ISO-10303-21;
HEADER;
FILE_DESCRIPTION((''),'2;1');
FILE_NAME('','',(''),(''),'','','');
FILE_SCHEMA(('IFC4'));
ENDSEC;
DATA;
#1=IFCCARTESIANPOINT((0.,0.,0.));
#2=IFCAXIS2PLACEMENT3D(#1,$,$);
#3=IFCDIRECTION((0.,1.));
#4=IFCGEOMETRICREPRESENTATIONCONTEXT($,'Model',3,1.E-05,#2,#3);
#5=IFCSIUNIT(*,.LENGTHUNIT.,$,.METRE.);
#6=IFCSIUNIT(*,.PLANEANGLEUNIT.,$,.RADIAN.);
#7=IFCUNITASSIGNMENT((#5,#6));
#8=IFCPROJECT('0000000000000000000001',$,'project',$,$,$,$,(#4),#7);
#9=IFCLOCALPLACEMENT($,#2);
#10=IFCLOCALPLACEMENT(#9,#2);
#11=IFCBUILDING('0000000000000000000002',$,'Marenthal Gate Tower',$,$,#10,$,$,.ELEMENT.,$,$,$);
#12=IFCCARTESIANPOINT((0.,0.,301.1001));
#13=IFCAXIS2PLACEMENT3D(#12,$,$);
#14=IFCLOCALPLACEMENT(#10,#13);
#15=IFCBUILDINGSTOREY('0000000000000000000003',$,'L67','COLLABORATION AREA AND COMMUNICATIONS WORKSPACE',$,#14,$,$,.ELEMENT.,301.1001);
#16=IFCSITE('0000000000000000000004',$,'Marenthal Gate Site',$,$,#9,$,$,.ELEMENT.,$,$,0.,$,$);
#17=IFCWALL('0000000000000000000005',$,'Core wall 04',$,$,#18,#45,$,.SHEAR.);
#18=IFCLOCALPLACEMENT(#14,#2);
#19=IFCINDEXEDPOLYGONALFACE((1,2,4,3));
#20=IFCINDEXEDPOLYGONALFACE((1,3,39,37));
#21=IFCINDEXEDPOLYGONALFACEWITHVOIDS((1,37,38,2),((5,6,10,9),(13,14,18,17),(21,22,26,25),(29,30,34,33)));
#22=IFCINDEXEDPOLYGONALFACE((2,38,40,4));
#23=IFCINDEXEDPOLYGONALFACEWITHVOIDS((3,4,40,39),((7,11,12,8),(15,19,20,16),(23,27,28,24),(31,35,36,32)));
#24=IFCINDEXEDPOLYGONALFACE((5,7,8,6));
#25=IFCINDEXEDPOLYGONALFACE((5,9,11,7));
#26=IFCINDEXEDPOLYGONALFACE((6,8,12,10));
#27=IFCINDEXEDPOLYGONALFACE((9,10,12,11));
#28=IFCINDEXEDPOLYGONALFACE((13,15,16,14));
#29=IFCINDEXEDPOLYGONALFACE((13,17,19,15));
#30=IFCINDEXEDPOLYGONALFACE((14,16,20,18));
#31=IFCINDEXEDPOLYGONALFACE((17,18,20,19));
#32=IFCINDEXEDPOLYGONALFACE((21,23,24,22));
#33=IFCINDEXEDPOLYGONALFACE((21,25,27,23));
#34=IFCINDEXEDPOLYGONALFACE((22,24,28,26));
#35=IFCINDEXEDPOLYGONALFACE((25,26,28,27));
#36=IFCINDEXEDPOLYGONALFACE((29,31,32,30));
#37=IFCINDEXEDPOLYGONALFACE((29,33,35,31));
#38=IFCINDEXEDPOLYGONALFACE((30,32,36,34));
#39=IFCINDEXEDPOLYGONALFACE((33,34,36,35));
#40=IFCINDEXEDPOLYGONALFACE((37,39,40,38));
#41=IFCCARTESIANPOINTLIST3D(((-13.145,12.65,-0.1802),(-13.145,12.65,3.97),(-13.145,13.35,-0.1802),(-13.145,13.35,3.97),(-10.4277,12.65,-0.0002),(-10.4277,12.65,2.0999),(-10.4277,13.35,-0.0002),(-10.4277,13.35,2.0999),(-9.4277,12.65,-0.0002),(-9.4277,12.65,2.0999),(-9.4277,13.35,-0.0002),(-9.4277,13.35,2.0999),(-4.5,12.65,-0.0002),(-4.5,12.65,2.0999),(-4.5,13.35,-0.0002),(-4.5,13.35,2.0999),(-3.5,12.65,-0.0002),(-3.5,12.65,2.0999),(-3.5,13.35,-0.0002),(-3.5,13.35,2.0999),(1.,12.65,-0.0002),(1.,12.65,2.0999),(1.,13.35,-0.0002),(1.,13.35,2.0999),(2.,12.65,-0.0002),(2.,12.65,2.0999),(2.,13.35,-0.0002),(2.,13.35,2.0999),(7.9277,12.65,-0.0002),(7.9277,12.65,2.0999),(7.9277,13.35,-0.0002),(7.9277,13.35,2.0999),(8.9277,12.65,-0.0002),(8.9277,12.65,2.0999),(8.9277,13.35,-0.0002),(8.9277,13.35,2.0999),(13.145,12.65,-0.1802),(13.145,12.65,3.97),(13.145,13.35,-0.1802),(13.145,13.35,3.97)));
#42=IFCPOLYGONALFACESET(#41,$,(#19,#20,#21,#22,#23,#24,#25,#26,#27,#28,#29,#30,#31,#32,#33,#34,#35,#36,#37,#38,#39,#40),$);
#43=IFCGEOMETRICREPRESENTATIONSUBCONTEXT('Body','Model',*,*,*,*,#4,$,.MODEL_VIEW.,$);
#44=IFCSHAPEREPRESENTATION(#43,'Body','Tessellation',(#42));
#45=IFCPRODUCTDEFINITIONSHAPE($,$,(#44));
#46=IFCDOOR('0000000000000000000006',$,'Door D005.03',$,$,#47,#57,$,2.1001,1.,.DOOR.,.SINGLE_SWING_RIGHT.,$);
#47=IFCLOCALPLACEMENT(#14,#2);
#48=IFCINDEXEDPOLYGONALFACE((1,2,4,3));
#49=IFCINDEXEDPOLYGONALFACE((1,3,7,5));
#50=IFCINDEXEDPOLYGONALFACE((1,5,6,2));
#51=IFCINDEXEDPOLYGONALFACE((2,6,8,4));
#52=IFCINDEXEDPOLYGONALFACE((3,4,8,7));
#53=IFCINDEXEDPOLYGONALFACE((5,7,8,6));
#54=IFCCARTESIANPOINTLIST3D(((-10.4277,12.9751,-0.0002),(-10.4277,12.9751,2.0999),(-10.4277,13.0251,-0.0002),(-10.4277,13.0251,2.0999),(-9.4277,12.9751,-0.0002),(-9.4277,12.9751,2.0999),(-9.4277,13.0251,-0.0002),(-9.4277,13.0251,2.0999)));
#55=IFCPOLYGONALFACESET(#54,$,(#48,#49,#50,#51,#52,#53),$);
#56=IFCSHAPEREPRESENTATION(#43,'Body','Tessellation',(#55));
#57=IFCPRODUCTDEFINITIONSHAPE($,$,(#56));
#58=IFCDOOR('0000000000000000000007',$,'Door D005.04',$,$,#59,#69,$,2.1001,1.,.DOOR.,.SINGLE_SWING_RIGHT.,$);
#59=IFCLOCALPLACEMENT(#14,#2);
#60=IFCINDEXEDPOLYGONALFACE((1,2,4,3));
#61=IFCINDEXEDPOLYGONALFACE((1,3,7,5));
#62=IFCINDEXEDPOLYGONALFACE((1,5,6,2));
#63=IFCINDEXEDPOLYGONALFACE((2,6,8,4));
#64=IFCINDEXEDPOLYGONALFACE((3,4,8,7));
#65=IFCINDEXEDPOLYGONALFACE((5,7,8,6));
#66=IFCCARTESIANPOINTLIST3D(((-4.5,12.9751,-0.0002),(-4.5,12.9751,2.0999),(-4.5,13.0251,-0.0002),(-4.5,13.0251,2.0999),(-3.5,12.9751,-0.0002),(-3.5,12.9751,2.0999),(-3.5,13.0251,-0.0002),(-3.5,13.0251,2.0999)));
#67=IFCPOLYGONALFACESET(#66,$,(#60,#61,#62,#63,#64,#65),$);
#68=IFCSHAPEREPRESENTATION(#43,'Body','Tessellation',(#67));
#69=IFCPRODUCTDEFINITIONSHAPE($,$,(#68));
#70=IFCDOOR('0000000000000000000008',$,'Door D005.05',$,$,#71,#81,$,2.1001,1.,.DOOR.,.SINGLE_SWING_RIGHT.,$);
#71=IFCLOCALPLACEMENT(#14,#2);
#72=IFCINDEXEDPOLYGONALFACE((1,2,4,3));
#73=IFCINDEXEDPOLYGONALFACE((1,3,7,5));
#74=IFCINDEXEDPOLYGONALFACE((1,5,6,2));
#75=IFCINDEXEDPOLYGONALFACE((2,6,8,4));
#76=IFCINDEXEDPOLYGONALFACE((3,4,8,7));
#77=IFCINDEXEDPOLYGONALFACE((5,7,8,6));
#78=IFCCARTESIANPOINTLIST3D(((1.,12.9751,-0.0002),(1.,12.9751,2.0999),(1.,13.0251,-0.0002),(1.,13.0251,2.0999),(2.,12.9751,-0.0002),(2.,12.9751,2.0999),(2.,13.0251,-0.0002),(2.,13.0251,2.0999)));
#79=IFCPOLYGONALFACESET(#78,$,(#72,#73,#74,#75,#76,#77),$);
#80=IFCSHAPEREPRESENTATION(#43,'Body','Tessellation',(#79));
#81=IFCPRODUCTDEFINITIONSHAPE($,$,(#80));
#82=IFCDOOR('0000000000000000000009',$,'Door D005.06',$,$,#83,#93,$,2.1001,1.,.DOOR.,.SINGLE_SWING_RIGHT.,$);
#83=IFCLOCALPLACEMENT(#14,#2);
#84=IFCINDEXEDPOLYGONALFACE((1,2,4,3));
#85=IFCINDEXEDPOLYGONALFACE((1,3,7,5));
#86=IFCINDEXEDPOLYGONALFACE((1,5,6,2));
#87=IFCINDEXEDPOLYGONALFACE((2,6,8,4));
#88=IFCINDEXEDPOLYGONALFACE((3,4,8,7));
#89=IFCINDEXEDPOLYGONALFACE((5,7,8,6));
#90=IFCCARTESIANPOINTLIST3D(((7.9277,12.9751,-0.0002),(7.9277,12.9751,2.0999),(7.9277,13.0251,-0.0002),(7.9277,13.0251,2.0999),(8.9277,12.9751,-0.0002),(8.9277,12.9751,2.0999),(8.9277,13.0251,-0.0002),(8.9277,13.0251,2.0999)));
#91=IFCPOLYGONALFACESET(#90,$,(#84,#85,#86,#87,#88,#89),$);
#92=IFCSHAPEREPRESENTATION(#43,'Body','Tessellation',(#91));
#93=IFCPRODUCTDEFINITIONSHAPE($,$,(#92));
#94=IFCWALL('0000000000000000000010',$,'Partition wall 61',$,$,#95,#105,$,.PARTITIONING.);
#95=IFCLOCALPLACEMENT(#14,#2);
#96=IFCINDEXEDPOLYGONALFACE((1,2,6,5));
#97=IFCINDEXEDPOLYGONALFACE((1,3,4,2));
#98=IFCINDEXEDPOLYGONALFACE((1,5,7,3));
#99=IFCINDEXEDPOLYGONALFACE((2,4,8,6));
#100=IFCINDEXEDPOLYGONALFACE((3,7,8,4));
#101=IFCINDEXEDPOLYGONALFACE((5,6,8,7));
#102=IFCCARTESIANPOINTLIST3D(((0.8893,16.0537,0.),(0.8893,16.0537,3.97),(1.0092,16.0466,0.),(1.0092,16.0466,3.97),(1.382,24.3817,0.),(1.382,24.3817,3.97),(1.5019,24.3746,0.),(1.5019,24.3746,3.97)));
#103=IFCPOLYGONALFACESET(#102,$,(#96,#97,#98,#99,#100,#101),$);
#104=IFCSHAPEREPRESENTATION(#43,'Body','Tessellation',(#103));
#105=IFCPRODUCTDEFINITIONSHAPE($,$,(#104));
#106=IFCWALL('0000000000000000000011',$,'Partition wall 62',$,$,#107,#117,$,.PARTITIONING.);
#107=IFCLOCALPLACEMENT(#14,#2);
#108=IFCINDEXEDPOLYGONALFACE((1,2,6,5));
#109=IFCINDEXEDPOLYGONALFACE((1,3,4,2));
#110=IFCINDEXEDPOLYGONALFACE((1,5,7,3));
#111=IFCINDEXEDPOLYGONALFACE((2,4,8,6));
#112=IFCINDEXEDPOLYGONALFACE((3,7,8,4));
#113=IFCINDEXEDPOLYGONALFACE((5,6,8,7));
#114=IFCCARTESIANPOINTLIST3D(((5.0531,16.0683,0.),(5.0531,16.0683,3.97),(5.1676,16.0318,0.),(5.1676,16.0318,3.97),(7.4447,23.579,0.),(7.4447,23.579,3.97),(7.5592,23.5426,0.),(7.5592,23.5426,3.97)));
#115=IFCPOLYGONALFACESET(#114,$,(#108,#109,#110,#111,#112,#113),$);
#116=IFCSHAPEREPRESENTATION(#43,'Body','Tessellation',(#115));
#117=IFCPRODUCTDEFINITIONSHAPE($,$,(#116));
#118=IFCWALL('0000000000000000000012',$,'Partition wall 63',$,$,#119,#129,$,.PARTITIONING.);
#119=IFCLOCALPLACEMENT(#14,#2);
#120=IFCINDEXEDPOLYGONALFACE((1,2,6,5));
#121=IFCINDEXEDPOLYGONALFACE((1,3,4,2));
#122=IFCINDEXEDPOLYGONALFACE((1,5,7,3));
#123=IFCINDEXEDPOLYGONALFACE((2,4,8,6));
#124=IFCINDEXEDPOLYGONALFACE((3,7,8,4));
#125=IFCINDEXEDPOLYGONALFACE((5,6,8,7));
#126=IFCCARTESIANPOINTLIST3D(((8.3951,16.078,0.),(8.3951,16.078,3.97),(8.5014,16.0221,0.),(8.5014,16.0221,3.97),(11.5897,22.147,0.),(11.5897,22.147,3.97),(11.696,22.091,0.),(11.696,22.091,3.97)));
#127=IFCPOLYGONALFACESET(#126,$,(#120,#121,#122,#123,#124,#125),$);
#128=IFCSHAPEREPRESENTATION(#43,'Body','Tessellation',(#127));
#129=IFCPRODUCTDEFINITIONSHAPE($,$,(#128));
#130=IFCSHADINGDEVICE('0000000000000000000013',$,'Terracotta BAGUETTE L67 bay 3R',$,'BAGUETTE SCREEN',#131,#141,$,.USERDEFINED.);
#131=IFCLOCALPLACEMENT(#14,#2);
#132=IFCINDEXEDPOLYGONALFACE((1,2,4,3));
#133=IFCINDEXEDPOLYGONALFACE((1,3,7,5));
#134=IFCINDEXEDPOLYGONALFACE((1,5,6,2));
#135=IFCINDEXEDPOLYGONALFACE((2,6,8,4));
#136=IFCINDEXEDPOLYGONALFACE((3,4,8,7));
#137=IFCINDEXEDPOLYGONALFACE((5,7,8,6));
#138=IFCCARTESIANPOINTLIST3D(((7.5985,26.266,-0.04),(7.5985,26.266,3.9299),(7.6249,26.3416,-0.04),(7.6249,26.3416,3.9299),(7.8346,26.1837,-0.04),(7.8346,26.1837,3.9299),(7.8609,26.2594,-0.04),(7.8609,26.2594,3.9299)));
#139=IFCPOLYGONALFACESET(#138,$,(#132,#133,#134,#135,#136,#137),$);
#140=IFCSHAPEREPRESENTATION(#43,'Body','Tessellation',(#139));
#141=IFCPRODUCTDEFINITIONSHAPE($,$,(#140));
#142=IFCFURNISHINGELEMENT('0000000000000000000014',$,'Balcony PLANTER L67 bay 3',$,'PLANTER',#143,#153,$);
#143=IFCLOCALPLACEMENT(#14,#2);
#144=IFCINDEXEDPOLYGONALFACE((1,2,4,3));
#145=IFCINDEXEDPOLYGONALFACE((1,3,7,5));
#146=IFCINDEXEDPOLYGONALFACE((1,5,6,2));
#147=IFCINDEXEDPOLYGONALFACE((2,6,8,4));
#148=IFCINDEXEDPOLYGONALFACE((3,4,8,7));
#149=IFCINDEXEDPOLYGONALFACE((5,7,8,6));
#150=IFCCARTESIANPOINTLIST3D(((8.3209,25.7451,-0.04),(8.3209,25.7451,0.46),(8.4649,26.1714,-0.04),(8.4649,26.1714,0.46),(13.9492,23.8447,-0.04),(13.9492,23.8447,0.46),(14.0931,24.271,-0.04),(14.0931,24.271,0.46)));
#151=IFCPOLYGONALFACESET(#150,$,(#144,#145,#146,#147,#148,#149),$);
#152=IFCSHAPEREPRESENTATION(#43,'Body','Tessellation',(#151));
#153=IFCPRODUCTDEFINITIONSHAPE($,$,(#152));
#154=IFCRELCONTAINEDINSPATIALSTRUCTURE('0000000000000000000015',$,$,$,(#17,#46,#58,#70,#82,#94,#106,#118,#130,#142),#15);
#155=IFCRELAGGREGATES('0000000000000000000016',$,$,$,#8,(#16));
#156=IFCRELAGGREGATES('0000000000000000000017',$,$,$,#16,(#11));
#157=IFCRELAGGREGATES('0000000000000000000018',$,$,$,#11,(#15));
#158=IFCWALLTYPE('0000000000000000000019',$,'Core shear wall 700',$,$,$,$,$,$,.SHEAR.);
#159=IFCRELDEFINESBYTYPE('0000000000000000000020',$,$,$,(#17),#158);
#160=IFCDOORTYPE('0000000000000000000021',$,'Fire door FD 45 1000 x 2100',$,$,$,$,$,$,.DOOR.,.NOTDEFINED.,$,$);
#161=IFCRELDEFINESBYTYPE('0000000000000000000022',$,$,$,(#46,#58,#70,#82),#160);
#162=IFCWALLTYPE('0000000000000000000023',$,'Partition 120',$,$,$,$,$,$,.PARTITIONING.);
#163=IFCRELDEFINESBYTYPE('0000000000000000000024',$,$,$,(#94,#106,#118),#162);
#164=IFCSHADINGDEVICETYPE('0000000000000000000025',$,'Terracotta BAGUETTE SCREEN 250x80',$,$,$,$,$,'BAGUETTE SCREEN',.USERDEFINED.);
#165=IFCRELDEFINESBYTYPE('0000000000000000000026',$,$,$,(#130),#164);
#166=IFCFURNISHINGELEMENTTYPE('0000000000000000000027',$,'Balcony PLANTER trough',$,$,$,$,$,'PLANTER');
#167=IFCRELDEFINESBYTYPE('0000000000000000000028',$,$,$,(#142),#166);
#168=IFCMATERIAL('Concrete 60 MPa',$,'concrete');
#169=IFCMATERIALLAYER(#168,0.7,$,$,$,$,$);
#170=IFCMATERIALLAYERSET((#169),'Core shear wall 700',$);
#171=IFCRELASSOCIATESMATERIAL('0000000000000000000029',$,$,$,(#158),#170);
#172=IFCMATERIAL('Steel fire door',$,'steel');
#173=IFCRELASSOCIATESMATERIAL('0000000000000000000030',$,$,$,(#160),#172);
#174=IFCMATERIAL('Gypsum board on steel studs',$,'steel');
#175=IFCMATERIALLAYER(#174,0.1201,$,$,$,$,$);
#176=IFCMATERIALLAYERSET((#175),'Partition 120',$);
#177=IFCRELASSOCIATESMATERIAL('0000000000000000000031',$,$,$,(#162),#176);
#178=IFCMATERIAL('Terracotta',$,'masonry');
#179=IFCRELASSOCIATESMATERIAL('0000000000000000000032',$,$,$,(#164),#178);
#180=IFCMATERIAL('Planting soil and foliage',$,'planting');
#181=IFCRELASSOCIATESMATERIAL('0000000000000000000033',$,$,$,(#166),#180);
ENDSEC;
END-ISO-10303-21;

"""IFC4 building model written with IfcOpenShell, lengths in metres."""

from ifc_helpers import new_model, si_unit, direction, frame, frame_2d, origin, origin_2d, place, context, subcontext, project, spatial, rectangle, extrude, material, layer, layer_set, material_profile, profile_set, type_object, element, fill, save


model = new_model("IFC4")

# Units and contexts
model_context = context("Model", 3, precision=1e-05, world=origin(), true_north=direction((0.0, 1.0)))
body_context = subcontext(model_context, "Body", "Model", "MODEL_VIEW")
ifc_project = project(units=[si_unit("LENGTHUNIT", "METRE"), si_unit("PLANEANGLEUNIT", "RADIAN")], contexts=[model_context])

# Site, building, storey
site_placement = place(None, origin())
site = spatial("IfcSite", under=ifc_project, at=site_placement, Name="Marenthal Gate Site", CompositionType="ELEMENT", RefElevation=0.0)
building_placement = place(site_placement, origin())
building = spatial("IfcBuilding", under=site, at=building_placement, Name="Marenthal Gate Tower", CompositionType="ELEMENT")
storey_placement = place(building_placement, frame((0.0, 0.0, 301.1001)))
storey = spatial("IfcBuildingStorey", under=building, at=storey_placement, Name="L67", Description="COLLABORATION AREA AND COMMUNICATIONS WORKSPACE", CompositionType="ELEMENT", Elevation=301.1001)

# Wall, openings, doors
ifc_material_1 = material(Name="Concrete 60 MPa", Category="concrete")
ifc_layer_1 = layer(ifc_material_1, 0.7)
ifc_layer_set_1 = layer_set([ifc_layer_1], Name="Core shear wall 700")
wall_type_1 = type_object("IfcWallType", Name="Core shear wall 700", PredefinedType="SHEAR", material=ifc_layer_set_1)
wall_1_placement = place(storey_placement, frame((13.145, 13.0, -0.1802), z_axis=(0.0, 0.0, 1.0), x_axis=(-1.0, 0.0, 0.0)))
wall_1 = element("IfcWall", 1, at=wall_1_placement, inside=storey, type_object=wall_type_1, Name="Core wall 04", PredefinedType="SHEAR", context=body_context, shape_type="SweptSolid", body=[
    extrude(rectangle(XDim=26.29, YDim=0.7, at=frame_2d((13.145, 0.0))), origin(), (0.0, 0.0, 1.0), 4.1501),
])
opening_1_placement = place(wall_1_placement, frame((22.5728, 0.0, 0.1799)))
opening_1 = element("IfcOpeningElement", 2, at=opening_1_placement, cuts=wall_1, PredefinedType="OPENING", context=body_context, shape_type="SweptSolid", body=[
    extrude(rectangle(XDim=1.0, YDim=2.1001, at=frame_2d((0.5, 1.05))), frame((0.0, 0.3599, 0.0), z_axis=(0.0, -1.0, 0.0), x_axis=(1.0, 0.0, 0.0)), (0.0, 0.0, 1.0), 0.72),
])
opening_2_placement = place(wall_1_placement, frame((16.645, 0.0, 0.1799)))
opening_2 = element("IfcOpeningElement", 3, at=opening_2_placement, cuts=wall_1, PredefinedType="OPENING", context=body_context, shape_type="SweptSolid", body=[
    extrude(rectangle(XDim=1.0, YDim=2.1001, at=frame_2d((0.5, 1.05))), frame((0.0, 0.3599, 0.0), z_axis=(0.0, -1.0, 0.0), x_axis=(1.0, 0.0, 0.0)), (0.0, 0.0, 1.0), 0.72),
])
opening_3_placement = place(wall_1_placement, frame((11.145, 0.0, 0.1799)))
opening_3 = element("IfcOpeningElement", 4, at=opening_3_placement, cuts=wall_1, PredefinedType="OPENING", context=body_context, shape_type="SweptSolid", body=[
    extrude(rectangle(XDim=1.0, YDim=2.1001, at=frame_2d((0.5, 1.05))), frame((0.0, 0.3599, 0.0), z_axis=(0.0, -1.0, 0.0), x_axis=(1.0, 0.0, 0.0)), (0.0, 0.0, 1.0), 0.72),
])
opening_4_placement = place(wall_1_placement, frame((4.2173, 0.0, 0.1799)))
opening_4 = element("IfcOpeningElement", 5, at=opening_4_placement, cuts=wall_1, PredefinedType="OPENING", context=body_context, shape_type="SweptSolid", body=[
    extrude(rectangle(XDim=1.0, YDim=2.1001, at=frame_2d((0.5, 1.05))), frame((0.0, 0.3599, 0.0), z_axis=(0.0, -1.0, 0.0), x_axis=(1.0, 0.0, 0.0)), (0.0, 0.0, 1.0), 0.72),
])
ifc_material_2 = material(Name="Steel fire door", Category="steel")
door_type = type_object("IfcDoorType", Name="Fire door FD 45 1000 x 2100", OperationType="NOTDEFINED", PredefinedType="DOOR", material=ifc_material_2)
door_1_placement = place(opening_1_placement, origin())
door_1 = element("IfcDoor", 6, at=door_1_placement, inside=storey, type_object=door_type, Name="Door D005.03", OperationType="SINGLE_SWING_RIGHT", OverallHeight=2.1001, OverallWidth=1.0, PredefinedType="DOOR", context=body_context, shape_type="SweptSolid", body=[
    extrude(rectangle(XDim=1.0, YDim=2.1001, at=frame_2d((0.5, 1.05))), frame((0.0, 0.0249, 0.0), z_axis=(0.0, -1.0, 0.0), x_axis=(1.0, 0.0, 0.0)), (0.0, 0.0, 1.0), 0.05),
])
fill(opening_1, door_1)
door_2_placement = place(opening_2_placement, origin())
door_2 = element("IfcDoor", 7, at=door_2_placement, inside=storey, type_object=door_type, Name="Door D005.04", OperationType="SINGLE_SWING_RIGHT", OverallHeight=2.1001, OverallWidth=1.0, PredefinedType="DOOR", context=body_context, shape_type="SweptSolid", body=[
    extrude(rectangle(XDim=1.0, YDim=2.1001, at=frame_2d((0.5, 1.05))), frame((0.0, 0.0249, 0.0), z_axis=(0.0, -1.0, 0.0), x_axis=(1.0, 0.0, 0.0)), (0.0, 0.0, 1.0), 0.05),
])
fill(opening_2, door_2)
door_3_placement = place(opening_3_placement, origin())
door_3 = element("IfcDoor", 8, at=door_3_placement, inside=storey, type_object=door_type, Name="Door D005.05", OperationType="SINGLE_SWING_RIGHT", OverallHeight=2.1001, OverallWidth=1.0, PredefinedType="DOOR", context=body_context, shape_type="SweptSolid", body=[
    extrude(rectangle(XDim=1.0, YDim=2.1001, at=frame_2d((0.5, 1.05))), frame((0.0, 0.0249, 0.0), z_axis=(0.0, -1.0, 0.0), x_axis=(1.0, 0.0, 0.0)), (0.0, 0.0, 1.0), 0.05),
])
fill(opening_3, door_3)
door_4_placement = place(opening_4_placement, origin())
door_4 = element("IfcDoor", 9, at=door_4_placement, inside=storey, type_object=door_type, Name="Door D005.06", OperationType="SINGLE_SWING_RIGHT", OverallHeight=2.1001, OverallWidth=1.0, PredefinedType="DOOR", context=body_context, shape_type="SweptSolid", body=[
    extrude(rectangle(XDim=1.0, YDim=2.1001, at=frame_2d((0.5, 1.05))), frame((0.0, 0.0249, 0.0), z_axis=(0.0, -1.0, 0.0), x_axis=(1.0, 0.0, 0.0)), (0.0, 0.0, 1.0), 0.05),
])
fill(opening_4, door_4)

# Walls
ifc_material_3 = material(Name="Gypsum board on steel studs", Category="steel")
ifc_layer_2 = layer(ifc_material_3, 0.1201)
ifc_layer_set_2 = layer_set([ifc_layer_2], Name="Partition 120")
wall_type_2 = type_object("IfcWallType", Name="Partition 120", PredefinedType="PARTITIONING", material=ifc_layer_set_2)
wall_2_placement = place(storey_placement, frame((0.9492, 16.05, 0.0), z_axis=(0.0, 0.0, 1.0), x_axis=(0.059057, 0.998255, 0.0)))
element("IfcWall", 10, at=wall_2_placement, inside=storey, type_object=wall_type_2, Name="Partition wall 61", PredefinedType="PARTITIONING", context=body_context, shape_type="SweptSolid", body=[
    extrude(rectangle(XDim=8.3425, YDim=0.1201, at=frame_2d((4.1714, 0.0))), origin(), (0.0, 0.0, 1.0), 3.97),
])
wall_3_placement = place(storey_placement, frame((5.1104, 16.05, 0.0), z_axis=(0.0, 0.0, 1.0), x_axis=(0.303413, 0.952859, 0.0)))
element("IfcWall", 11, at=wall_3_placement, inside=storey, type_object=wall_type_2, Name="Partition wall 62", PredefinedType="PARTITIONING", context=body_context, shape_type="SweptSolid", body=[
    extrude(rectangle(XDim=7.8823, YDim=0.1201, at=frame_2d((3.9412, 0.0))), origin(), (0.0, 0.0, 1.0), 3.97),
])
wall_4_placement = place(storey_placement, frame((8.4482, 16.05, 0.0), z_axis=(0.0, 0.0, 1.0), x_axis=(0.465798, 0.884891, 0.0)))
element("IfcWall", 12, at=wall_4_placement, inside=storey, type_object=wall_type_2, Name="Partition wall 63", PredefinedType="PARTITIONING", context=body_context, shape_type="SweptSolid", body=[
    extrude(rectangle(XDim=6.8584, YDim=0.1201, at=frame_2d((3.4292, 0.0))), origin(), (0.0, 0.0, 1.0), 3.97),
])

# Shading device
ifc_material_4 = material(Name="Terracotta", Category="masonry")
ifc_material_profile_1 = material_profile(ifc_material_4, rectangle(XDim=0.25, YDim=0.0801, at=origin_2d()), Name="Terracotta baguette 250x80")
ifc_profile_set_1 = profile_set([ifc_material_profile_1], Name="Terracotta")
shading_device_type = type_object("IfcShadingDeviceType", Name="Terracotta BAGUETTE SCREEN 250x80", ElementType="BAGUETTE SCREEN", PredefinedType="USERDEFINED", material=ifc_profile_set_1)
shading_device_placement = place(storey_placement, frame((7.7297, 26.2627, -0.04), z_axis=(0.0, 0.0, 1.0), x_axis=(-0.94428, 0.329144, 0.0)))
element("IfcShadingDevice", 13, at=shading_device_placement, inside=storey, type_object=shading_device_type, Name="Terracotta BAGUETTE L67 bay 3R", ObjectType="BAGUETTE SCREEN", PredefinedType="USERDEFINED", context=body_context, shape_type="SweptSolid", body=[
    extrude(rectangle(XDim=0.25, YDim=0.0801, at=origin_2d()), origin(), (0.0, 0.0, 1.0), 3.97),
])

# Furnishing element
ifc_material_5 = material(Name="Planting soil and foliage", Category="planting")
furnishing_element_type = type_object("IfcFurnishingElementType", Name="Balcony PLANTER trough", ElementType="PLANTER", material=ifc_material_5)
furnishing_placement = place(storey_placement, frame((11.207, 25.0081, -0.04), z_axis=(0.0, 0.0, 1.0), x_axis=(-0.947448, 0.31991, 0.0)))
element("IfcFurnishingElement", 14, at=furnishing_placement, inside=storey, type_object=furnishing_element_type, Name="Balcony PLANTER L67 bay 3", ObjectType="PLANTER", context=body_context, shape_type="SweptSolid", body=[
    extrude(rectangle(XDim=5.9404, YDim=0.45, at=origin_2d()), origin(), (0.0, 0.0, 1.0), 0.5),
])

save(model, "model.ifc")
